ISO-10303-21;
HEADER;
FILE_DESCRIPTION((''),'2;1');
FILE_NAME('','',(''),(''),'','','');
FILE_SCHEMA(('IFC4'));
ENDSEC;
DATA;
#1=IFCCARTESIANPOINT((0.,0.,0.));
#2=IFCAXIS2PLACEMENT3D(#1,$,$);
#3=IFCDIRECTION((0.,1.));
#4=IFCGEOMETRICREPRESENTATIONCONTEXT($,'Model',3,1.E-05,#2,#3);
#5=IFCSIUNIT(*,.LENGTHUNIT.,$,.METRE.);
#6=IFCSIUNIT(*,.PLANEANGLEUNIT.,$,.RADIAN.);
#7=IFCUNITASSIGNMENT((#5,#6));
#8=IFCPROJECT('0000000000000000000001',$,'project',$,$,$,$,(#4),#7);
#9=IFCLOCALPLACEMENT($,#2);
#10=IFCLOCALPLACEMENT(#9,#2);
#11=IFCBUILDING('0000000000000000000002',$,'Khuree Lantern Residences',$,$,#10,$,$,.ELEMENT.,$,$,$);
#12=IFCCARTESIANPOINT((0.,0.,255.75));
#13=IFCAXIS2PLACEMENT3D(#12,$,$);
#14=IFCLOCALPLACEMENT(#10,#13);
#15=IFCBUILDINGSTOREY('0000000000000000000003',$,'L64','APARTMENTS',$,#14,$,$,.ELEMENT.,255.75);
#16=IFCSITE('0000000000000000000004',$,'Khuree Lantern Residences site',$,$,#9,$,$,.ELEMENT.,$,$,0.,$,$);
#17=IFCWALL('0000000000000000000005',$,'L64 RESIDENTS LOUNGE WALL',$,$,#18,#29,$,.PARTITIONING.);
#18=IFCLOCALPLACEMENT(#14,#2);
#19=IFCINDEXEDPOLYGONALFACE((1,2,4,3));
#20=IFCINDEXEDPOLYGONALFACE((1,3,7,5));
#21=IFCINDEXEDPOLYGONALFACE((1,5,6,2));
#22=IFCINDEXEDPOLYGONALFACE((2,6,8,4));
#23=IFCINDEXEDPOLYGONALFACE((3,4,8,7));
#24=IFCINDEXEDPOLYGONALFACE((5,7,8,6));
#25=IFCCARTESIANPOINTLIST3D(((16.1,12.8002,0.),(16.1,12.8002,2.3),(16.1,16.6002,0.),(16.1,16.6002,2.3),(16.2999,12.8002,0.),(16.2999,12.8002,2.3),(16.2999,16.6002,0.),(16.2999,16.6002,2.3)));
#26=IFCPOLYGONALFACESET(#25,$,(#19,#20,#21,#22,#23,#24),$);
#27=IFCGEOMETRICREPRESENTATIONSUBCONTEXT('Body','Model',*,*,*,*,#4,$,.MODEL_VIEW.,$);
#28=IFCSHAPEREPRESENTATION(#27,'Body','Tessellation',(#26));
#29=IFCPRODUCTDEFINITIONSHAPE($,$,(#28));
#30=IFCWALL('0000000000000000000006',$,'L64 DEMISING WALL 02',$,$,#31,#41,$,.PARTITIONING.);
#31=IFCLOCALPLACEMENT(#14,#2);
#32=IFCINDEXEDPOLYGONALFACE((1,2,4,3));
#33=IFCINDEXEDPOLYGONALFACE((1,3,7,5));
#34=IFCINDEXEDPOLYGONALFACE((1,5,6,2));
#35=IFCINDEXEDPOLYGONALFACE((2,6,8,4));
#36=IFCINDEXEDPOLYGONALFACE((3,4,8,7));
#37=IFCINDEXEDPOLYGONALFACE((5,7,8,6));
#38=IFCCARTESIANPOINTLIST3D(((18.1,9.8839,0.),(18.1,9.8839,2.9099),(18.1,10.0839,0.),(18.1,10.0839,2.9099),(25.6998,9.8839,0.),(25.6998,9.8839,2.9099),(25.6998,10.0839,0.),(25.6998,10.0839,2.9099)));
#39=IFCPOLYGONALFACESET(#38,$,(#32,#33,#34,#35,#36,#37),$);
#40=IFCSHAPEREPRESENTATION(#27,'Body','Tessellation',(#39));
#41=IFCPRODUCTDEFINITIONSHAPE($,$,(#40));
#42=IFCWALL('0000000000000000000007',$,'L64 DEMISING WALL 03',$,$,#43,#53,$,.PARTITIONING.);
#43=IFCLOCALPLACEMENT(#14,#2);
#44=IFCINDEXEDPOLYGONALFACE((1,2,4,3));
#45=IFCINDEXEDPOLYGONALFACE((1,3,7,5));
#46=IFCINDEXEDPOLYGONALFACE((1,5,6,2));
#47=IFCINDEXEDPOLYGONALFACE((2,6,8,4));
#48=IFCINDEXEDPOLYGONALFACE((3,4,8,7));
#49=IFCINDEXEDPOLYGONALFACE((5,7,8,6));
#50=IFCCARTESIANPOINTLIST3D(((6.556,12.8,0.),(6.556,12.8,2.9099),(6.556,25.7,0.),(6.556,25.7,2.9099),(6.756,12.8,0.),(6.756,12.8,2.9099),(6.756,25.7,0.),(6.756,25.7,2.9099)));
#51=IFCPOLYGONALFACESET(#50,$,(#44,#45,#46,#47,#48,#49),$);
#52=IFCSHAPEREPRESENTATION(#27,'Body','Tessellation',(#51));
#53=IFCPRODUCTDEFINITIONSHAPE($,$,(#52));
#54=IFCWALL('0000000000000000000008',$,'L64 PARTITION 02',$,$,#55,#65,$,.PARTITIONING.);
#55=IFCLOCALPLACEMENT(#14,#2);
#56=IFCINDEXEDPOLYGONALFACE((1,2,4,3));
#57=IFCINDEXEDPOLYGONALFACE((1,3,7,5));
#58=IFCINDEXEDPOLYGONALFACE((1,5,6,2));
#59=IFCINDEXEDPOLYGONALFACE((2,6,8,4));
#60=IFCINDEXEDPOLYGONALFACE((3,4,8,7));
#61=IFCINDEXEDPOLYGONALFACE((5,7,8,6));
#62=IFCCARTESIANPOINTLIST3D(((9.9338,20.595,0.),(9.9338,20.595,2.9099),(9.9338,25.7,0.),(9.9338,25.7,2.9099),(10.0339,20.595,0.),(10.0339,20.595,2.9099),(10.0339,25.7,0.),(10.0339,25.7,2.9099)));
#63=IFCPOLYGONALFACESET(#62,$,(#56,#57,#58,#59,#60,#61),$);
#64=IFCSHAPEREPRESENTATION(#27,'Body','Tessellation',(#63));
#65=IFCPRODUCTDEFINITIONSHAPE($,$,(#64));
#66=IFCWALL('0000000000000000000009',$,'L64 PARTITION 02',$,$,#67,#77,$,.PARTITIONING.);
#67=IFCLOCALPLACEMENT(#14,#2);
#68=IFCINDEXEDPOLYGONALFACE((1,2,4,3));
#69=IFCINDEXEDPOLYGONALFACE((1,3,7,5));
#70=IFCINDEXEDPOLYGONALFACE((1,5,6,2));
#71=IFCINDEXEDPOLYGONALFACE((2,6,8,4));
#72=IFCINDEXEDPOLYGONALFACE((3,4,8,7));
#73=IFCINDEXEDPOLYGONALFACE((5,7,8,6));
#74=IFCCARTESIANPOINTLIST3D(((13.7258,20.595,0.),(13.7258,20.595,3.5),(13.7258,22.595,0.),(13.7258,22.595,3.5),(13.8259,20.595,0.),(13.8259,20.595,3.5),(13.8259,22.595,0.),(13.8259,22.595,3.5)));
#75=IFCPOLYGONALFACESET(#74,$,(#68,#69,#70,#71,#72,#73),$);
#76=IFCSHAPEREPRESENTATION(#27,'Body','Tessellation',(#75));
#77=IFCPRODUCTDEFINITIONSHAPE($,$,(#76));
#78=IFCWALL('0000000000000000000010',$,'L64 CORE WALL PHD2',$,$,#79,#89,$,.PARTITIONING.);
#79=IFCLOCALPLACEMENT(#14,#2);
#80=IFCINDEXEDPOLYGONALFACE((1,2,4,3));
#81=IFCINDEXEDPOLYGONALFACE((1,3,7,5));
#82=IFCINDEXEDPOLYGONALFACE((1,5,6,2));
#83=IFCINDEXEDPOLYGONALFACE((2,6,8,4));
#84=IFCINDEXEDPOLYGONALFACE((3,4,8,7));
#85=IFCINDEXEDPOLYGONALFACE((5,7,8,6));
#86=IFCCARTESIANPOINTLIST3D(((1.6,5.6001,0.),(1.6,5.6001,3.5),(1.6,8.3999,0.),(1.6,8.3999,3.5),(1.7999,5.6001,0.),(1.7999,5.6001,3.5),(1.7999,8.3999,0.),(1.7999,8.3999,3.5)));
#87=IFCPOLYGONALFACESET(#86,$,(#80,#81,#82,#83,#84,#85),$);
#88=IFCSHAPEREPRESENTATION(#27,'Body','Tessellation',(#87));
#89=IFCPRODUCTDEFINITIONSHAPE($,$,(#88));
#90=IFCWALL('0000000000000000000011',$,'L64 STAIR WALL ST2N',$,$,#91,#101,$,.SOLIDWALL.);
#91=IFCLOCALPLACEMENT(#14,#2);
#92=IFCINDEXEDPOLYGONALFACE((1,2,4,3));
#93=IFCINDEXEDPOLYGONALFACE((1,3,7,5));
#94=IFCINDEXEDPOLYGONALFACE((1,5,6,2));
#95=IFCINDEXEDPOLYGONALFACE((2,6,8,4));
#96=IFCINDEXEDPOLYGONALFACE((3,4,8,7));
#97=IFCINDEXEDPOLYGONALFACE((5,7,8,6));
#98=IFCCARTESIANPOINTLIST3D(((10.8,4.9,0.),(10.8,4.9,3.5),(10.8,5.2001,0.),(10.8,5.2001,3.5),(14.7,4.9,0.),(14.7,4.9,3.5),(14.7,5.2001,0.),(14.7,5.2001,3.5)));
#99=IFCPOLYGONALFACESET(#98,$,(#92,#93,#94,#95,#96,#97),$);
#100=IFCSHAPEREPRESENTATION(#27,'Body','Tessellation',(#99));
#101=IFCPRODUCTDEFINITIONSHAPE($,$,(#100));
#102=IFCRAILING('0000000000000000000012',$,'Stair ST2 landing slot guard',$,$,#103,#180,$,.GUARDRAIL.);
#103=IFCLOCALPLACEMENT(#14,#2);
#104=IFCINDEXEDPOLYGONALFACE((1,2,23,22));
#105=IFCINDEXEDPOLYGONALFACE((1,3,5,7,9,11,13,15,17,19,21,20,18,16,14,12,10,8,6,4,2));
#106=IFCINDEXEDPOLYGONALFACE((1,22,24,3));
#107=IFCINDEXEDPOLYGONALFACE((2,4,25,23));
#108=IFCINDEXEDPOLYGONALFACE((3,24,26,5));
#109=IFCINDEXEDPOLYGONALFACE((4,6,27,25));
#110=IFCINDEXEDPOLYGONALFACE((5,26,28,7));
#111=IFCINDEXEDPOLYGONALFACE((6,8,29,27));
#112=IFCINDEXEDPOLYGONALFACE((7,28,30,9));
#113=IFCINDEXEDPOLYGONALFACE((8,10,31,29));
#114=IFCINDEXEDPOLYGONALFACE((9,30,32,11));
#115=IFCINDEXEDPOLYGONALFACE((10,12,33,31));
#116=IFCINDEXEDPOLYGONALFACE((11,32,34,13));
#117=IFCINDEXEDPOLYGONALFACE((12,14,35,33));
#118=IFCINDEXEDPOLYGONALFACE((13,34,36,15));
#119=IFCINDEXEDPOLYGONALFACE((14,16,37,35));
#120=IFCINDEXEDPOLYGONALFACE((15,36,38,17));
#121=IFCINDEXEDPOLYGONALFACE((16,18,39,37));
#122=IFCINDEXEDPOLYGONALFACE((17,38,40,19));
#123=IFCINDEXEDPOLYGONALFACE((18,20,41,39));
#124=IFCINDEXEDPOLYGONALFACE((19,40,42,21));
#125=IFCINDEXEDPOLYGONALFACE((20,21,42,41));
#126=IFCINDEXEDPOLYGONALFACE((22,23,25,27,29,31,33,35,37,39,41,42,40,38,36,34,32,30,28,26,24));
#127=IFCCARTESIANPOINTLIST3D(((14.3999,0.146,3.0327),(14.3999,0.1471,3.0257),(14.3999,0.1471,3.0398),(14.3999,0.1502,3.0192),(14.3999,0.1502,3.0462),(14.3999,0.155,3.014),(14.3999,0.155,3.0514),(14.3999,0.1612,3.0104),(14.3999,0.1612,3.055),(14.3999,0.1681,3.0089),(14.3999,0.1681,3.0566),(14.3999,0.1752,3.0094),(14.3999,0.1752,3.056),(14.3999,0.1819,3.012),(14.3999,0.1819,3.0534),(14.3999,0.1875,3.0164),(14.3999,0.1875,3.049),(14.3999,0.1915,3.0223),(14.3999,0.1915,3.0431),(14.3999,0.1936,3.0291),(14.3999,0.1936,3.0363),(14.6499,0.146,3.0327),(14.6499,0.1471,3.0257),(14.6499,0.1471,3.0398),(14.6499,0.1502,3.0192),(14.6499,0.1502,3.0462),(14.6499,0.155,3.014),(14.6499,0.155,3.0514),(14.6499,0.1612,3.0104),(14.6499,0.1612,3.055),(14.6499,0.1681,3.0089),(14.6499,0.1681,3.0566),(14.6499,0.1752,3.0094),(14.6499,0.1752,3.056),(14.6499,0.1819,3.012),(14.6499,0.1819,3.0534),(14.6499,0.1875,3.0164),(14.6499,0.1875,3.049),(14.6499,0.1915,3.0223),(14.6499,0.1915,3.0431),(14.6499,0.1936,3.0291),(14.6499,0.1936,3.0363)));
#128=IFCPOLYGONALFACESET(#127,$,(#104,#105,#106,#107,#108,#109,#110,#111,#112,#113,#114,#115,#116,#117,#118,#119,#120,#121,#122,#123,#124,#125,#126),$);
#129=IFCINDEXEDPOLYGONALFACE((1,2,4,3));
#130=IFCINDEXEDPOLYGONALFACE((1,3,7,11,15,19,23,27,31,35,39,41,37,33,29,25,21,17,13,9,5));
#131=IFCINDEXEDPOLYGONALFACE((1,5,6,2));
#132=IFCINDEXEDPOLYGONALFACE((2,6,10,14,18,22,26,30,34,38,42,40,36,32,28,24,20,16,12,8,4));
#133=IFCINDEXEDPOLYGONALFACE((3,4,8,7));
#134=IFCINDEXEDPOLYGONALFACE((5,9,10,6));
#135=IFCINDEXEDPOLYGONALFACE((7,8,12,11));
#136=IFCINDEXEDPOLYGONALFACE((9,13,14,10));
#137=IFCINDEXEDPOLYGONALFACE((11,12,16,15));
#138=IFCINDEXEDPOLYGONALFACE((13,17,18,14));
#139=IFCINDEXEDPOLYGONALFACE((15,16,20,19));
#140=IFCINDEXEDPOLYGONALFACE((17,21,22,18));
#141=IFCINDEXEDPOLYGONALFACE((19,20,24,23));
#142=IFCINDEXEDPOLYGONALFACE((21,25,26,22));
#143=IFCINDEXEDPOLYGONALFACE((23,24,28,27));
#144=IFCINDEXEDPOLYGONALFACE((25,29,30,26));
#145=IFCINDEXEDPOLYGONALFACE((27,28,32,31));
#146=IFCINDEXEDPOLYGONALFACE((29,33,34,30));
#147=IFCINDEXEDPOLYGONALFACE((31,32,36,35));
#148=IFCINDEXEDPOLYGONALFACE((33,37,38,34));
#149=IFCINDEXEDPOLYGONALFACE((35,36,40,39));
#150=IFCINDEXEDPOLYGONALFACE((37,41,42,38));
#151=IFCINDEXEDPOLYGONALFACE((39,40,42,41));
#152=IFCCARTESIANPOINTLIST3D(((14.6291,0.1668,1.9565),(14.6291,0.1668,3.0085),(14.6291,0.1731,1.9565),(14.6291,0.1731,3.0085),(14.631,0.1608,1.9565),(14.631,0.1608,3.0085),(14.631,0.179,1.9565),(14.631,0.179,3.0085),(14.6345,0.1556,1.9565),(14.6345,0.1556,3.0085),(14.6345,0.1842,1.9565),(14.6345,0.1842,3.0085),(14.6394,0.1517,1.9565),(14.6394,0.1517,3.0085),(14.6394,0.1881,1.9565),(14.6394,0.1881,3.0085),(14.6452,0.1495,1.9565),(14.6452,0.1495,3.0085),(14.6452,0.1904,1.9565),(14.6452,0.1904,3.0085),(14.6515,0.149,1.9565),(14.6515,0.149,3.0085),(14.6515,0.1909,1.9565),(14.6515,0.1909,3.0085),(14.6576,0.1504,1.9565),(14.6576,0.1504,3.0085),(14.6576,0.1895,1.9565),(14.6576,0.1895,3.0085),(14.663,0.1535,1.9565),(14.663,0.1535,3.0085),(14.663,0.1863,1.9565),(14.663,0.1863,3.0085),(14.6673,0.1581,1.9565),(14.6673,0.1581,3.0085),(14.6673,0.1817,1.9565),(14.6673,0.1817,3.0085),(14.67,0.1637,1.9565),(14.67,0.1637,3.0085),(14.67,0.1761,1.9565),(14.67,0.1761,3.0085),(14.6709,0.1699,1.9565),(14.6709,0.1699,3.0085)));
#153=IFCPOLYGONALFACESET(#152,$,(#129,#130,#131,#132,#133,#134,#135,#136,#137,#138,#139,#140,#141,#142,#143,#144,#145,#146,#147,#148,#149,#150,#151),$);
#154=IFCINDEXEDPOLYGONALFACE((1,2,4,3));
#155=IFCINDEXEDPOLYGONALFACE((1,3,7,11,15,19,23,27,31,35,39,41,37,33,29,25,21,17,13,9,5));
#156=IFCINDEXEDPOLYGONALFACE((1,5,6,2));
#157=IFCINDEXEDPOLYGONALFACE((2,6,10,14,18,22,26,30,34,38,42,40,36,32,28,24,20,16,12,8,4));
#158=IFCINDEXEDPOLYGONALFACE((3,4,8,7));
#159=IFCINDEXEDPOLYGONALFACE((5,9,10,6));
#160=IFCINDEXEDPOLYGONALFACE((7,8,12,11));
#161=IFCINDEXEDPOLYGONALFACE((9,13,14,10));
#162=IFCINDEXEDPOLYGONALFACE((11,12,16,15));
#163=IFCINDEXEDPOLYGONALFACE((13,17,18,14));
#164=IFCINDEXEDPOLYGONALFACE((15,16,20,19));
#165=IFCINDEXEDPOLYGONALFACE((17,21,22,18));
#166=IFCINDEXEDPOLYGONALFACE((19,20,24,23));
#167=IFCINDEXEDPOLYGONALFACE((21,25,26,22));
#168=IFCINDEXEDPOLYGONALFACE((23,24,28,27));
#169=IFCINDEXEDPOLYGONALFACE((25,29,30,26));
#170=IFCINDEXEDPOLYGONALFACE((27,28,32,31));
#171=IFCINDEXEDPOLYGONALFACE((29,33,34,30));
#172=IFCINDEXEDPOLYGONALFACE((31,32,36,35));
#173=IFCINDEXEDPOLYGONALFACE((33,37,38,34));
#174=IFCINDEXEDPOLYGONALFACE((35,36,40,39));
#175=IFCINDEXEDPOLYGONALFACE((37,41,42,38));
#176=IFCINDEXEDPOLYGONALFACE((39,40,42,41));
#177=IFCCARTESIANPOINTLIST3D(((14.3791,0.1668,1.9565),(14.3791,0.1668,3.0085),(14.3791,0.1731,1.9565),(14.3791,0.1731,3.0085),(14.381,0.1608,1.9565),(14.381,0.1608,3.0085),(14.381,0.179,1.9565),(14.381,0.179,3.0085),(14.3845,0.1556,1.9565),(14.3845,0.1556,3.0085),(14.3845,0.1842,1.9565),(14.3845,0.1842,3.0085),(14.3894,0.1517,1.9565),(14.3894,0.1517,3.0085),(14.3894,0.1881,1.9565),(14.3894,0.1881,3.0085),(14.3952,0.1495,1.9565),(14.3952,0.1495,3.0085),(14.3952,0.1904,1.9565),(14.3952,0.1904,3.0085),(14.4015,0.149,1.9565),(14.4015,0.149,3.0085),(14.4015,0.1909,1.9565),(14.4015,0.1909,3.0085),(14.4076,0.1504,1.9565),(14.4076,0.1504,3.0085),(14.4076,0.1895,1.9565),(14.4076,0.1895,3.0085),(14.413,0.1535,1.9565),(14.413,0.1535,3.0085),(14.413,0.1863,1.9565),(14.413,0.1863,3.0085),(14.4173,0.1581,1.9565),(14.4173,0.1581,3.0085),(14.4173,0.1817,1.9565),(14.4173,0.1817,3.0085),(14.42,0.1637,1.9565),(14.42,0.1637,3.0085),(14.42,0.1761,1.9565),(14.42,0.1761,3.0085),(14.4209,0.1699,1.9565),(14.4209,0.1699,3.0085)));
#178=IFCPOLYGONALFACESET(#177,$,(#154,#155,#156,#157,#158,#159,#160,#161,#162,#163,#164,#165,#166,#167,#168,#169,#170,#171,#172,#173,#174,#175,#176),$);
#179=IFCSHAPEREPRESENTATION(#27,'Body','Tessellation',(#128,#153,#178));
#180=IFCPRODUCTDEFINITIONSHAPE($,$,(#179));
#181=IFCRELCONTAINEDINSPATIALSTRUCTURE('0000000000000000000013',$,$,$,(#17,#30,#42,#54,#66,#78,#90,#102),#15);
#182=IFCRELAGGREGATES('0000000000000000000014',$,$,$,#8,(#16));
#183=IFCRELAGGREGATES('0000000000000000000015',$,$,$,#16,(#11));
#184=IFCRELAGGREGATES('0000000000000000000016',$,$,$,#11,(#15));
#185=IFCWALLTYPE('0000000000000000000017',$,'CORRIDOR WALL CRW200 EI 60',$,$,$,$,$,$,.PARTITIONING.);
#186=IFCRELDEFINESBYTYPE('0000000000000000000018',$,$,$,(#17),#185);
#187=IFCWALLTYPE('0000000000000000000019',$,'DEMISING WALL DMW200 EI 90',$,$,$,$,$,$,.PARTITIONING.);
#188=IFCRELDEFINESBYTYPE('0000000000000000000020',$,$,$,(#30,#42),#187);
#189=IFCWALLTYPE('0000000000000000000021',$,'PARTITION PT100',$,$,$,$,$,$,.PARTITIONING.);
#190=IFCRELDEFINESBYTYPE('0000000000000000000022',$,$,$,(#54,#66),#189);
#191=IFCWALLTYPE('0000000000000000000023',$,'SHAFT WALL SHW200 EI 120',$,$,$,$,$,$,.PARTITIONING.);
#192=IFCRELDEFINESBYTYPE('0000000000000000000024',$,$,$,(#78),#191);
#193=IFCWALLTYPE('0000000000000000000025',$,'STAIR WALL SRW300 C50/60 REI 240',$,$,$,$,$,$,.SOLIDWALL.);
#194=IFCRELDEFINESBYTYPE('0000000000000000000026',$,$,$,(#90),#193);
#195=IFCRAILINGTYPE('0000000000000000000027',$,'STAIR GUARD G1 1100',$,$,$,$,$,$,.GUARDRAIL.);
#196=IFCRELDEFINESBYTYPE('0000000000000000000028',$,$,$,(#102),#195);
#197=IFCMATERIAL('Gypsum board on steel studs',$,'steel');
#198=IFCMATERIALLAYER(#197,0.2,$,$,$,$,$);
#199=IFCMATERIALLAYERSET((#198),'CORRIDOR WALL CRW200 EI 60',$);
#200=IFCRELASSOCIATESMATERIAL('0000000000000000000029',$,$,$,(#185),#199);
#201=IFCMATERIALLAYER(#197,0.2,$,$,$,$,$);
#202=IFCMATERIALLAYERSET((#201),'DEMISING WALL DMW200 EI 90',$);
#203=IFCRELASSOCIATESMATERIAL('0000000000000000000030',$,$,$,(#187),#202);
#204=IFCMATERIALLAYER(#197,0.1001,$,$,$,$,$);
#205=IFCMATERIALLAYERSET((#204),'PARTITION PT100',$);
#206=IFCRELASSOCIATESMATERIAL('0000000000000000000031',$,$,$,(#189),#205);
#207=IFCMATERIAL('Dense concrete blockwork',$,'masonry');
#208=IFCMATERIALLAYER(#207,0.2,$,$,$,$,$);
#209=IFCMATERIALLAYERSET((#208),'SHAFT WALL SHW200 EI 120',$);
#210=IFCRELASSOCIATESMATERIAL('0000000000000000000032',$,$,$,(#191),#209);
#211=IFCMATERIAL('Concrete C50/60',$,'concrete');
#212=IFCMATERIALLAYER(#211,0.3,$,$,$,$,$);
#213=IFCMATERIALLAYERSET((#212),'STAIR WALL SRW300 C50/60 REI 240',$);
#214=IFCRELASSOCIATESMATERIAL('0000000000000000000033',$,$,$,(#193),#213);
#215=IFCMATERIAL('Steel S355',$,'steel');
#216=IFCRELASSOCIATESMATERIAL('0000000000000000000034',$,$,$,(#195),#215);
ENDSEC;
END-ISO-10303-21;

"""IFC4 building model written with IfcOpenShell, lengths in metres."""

from ifc_helpers import new_model, si_unit, direction, frame, frame_2d, origin, origin_2d, place, context, subcontext, project, spatial, rectangle, circle, extrude, material, layer, layer_set, type_object, element, save


model = new_model("IFC4")

# Units and contexts
model_context = context("Model", 3, precision=1e-05, world=origin(), true_north=direction((0.0, 1.0)))
body_context = subcontext(model_context, "Body", "Model", "MODEL_VIEW")
ifc_project = project(units=[si_unit("LENGTHUNIT", "METRE"), si_unit("PLANEANGLEUNIT", "RADIAN")], contexts=[model_context])

# Site, building, storey
site_placement = place(None, origin())
site = spatial("IfcSite", under=ifc_project, at=site_placement, Name="Khuree Lantern Residences site", CompositionType="ELEMENT", RefElevation=0.0)
building_placement = place(site_placement, origin())
building = spatial("IfcBuilding", under=site, at=building_placement, Name="Khuree Lantern Residences", CompositionType="ELEMENT")
storey_placement = place(building_placement, frame((0.0, 0.0, 255.75)))
storey = spatial("IfcBuildingStorey", under=building, at=storey_placement, Name="L64", Description="APARTMENTS", CompositionType="ELEMENT", Elevation=255.75)

# Shared definitions
ifc_material_1 = material(Name="Concrete C50/60", Category="concrete")

# Shared definitions
ifc_material_2 = material(Name="Dense concrete blockwork", Category="masonry")

# Walls
ifc_material_3 = material(Name="Gypsum board on steel studs", Category="steel")
ifc_layer_1 = layer(ifc_material_3, 0.2)
ifc_layer_set_1 = layer_set([ifc_layer_1], Name="CORRIDOR WALL CRW200 EI 60")
wall_type_1 = type_object("IfcWallType", Name="CORRIDOR WALL CRW200 EI 60", PredefinedType="PARTITIONING", material=ifc_layer_set_1)
wall_1_placement = place(storey_placement, frame((16.2, 16.6001, 0.0), z_axis=(0.0, 0.0, 1.0), x_axis=(0.0, -1.0, 0.0)))
element("IfcWall", 1, at=wall_1_placement, inside=storey, type_object=wall_type_1, Name="L64 RESIDENTS LOUNGE WALL", PredefinedType="PARTITIONING", context=body_context, shape_type="SweptSolid", body=[
    extrude(rectangle(XDim=3.8, YDim=0.2, at=frame_2d((1.8999, 0.0))), origin(), (0.0, 0.0, 1.0), 2.3),
])
ifc_layer_2 = layer(ifc_material_3, 0.2)
ifc_layer_set_2 = layer_set([ifc_layer_2], Name="DEMISING WALL DMW200 EI 90")
wall_type_2 = type_object("IfcWallType", Name="DEMISING WALL DMW200 EI 90", PredefinedType="PARTITIONING", material=ifc_layer_set_2)
wall_2_placement = place(storey_placement, frame((18.1001, 9.9839, 0.0), z_axis=(0.0, 0.0, 1.0), x_axis=(1.0, 0.0, 0.0)))
element("IfcWall", 2, at=wall_2_placement, inside=storey, type_object=wall_type_2, Name="L64 DEMISING WALL 02", PredefinedType="PARTITIONING", context=body_context, shape_type="SweptSolid", body=[
    extrude(rectangle(XDim=7.5999, YDim=0.2, at=frame_2d((3.7998, 0.0))), origin(), (0.0, 0.0, 1.0), 2.9099),
])
wall_3_placement = place(storey_placement, frame((6.656, 12.8, 0.0), z_axis=(0.0, 0.0, 1.0), x_axis=(0.0, 1.0, 0.0)))
element("IfcWall", 3, at=wall_3_placement, inside=storey, type_object=wall_type_2, Name="L64 DEMISING WALL 03", PredefinedType="PARTITIONING", context=body_context, shape_type="SweptSolid", body=[
    extrude(rectangle(XDim=12.8999, YDim=0.2, at=frame_2d((6.45, 0.0))), origin(), (0.0, 0.0, 1.0), 2.9099),
])
ifc_layer_3 = layer(ifc_material_3, 0.1001)
ifc_layer_set_3 = layer_set([ifc_layer_3], Name="PARTITION PT100")
wall_type_3 = type_object("IfcWallType", Name="PARTITION PT100", PredefinedType="PARTITIONING", material=ifc_layer_set_3)
wall_4_placement = place(storey_placement, frame((9.9839, 20.595, 0.0), z_axis=(0.0, 0.0, 1.0), x_axis=(0.0, 1.0, 0.0)))
element("IfcWall", 4, at=wall_4_placement, inside=storey, type_object=wall_type_3, Name="L64 PARTITION 02", PredefinedType="PARTITIONING", context=body_context, shape_type="SweptSolid", body=[
    extrude(rectangle(XDim=5.105, YDim=0.1001, at=frame_2d((2.5525, 0.0))), origin(), (0.0, 0.0, 1.0), 2.9099),
])
wall_5_placement = place(storey_placement, frame((13.7759, 20.595, 0.0), z_axis=(0.0, 0.0, 1.0), x_axis=(0.0, 1.0, 0.0)))
element("IfcWall", 5, at=wall_5_placement, inside=storey, type_object=wall_type_3, Name="L64 PARTITION 02", PredefinedType="PARTITIONING", context=body_context, shape_type="SweptSolid", body=[
    extrude(rectangle(XDim=2.0, YDim=0.1001, at=frame_2d((1.0, 0.0))), origin(), (0.0, 0.0, 1.0), 3.5),
])
ifc_layer_4 = layer(ifc_material_2, 0.2)
ifc_layer_set_4 = layer_set([ifc_layer_4], Name="SHAFT WALL SHW200 EI 120")
wall_type_4 = type_object("IfcWallType", Name="SHAFT WALL SHW200 EI 120", PredefinedType="PARTITIONING", material=ifc_layer_set_4)
wall_6_placement = place(storey_placement, frame((1.7, 5.6001, 0.0), z_axis=(0.0, 0.0, 1.0), x_axis=(0.0, 1.0, 0.0)))
element("IfcWall", 6, at=wall_6_placement, inside=storey, type_object=wall_type_4, Name="L64 CORE WALL PHD2", PredefinedType="PARTITIONING", context=body_context, shape_type="SweptSolid", body=[
    extrude(rectangle(XDim=2.7998, YDim=0.2, at=frame_2d((1.3999, 0.0))), origin(), (0.0, 0.0, 1.0), 3.5),
])
ifc_layer_5 = layer(ifc_material_1, 0.3)
ifc_layer_set_5 = layer_set([ifc_layer_5], Name="STAIR WALL SRW300 C50/60 REI 240")
wall_type_5 = type_object("IfcWallType", Name="STAIR WALL SRW300 C50/60 REI 240", PredefinedType="SOLIDWALL", material=ifc_layer_set_5)
wall_7_placement = place(storey_placement, frame((14.7, 5.05, 0.0), z_axis=(0.0, 0.0, 1.0), x_axis=(-1.0, 0.0, 0.0)))
element("IfcWall", 7, at=wall_7_placement, inside=storey, type_object=wall_type_5, Name="L64 STAIR WALL ST2N", PredefinedType="SOLIDWALL", context=body_context, shape_type="SweptSolid", body=[
    extrude(rectangle(XDim=3.8999, YDim=0.3, at=frame_2d((1.95, 0.0))), origin(), (0.0, 0.0, 1.0), 3.5),
])

# Railing
ifc_material_4 = material(Name="Steel S355", Category="steel")
railing_type = type_object("IfcRailingType", Name="STAIR GUARD G1 1100", PredefinedType="GUARDRAIL", material=ifc_material_4)
railing_placement = place(storey_placement, frame((14.6499, 0.1699, 1.9565)))
element("IfcRailing", 8, at=railing_placement, inside=storey, type_object=railing_type, Name="Stair ST2 landing slot guard", PredefinedType="GUARDRAIL", context=body_context, shape_type="SweptSolid", body=[
    extrude(circle(Radius=0.0239, at=origin_2d()), frame((0.0, 0.0, 1.0762), z_axis=(-1.0, 0.0, 0.0), x_axis=(0.0, -1.0, 0.0)), (0.0, 0.0, 1.0), 0.25),
    extrude(circle(Radius=0.021, at=origin_2d()), origin(), (0.0, 0.0, 1.0), 1.052),
    extrude(circle(Radius=0.021, at=origin_2d()), frame((-0.25, 0.0, 0.0)), (0.0, 0.0, 1.0), 1.052),
])

save(model, "model.ifc")
